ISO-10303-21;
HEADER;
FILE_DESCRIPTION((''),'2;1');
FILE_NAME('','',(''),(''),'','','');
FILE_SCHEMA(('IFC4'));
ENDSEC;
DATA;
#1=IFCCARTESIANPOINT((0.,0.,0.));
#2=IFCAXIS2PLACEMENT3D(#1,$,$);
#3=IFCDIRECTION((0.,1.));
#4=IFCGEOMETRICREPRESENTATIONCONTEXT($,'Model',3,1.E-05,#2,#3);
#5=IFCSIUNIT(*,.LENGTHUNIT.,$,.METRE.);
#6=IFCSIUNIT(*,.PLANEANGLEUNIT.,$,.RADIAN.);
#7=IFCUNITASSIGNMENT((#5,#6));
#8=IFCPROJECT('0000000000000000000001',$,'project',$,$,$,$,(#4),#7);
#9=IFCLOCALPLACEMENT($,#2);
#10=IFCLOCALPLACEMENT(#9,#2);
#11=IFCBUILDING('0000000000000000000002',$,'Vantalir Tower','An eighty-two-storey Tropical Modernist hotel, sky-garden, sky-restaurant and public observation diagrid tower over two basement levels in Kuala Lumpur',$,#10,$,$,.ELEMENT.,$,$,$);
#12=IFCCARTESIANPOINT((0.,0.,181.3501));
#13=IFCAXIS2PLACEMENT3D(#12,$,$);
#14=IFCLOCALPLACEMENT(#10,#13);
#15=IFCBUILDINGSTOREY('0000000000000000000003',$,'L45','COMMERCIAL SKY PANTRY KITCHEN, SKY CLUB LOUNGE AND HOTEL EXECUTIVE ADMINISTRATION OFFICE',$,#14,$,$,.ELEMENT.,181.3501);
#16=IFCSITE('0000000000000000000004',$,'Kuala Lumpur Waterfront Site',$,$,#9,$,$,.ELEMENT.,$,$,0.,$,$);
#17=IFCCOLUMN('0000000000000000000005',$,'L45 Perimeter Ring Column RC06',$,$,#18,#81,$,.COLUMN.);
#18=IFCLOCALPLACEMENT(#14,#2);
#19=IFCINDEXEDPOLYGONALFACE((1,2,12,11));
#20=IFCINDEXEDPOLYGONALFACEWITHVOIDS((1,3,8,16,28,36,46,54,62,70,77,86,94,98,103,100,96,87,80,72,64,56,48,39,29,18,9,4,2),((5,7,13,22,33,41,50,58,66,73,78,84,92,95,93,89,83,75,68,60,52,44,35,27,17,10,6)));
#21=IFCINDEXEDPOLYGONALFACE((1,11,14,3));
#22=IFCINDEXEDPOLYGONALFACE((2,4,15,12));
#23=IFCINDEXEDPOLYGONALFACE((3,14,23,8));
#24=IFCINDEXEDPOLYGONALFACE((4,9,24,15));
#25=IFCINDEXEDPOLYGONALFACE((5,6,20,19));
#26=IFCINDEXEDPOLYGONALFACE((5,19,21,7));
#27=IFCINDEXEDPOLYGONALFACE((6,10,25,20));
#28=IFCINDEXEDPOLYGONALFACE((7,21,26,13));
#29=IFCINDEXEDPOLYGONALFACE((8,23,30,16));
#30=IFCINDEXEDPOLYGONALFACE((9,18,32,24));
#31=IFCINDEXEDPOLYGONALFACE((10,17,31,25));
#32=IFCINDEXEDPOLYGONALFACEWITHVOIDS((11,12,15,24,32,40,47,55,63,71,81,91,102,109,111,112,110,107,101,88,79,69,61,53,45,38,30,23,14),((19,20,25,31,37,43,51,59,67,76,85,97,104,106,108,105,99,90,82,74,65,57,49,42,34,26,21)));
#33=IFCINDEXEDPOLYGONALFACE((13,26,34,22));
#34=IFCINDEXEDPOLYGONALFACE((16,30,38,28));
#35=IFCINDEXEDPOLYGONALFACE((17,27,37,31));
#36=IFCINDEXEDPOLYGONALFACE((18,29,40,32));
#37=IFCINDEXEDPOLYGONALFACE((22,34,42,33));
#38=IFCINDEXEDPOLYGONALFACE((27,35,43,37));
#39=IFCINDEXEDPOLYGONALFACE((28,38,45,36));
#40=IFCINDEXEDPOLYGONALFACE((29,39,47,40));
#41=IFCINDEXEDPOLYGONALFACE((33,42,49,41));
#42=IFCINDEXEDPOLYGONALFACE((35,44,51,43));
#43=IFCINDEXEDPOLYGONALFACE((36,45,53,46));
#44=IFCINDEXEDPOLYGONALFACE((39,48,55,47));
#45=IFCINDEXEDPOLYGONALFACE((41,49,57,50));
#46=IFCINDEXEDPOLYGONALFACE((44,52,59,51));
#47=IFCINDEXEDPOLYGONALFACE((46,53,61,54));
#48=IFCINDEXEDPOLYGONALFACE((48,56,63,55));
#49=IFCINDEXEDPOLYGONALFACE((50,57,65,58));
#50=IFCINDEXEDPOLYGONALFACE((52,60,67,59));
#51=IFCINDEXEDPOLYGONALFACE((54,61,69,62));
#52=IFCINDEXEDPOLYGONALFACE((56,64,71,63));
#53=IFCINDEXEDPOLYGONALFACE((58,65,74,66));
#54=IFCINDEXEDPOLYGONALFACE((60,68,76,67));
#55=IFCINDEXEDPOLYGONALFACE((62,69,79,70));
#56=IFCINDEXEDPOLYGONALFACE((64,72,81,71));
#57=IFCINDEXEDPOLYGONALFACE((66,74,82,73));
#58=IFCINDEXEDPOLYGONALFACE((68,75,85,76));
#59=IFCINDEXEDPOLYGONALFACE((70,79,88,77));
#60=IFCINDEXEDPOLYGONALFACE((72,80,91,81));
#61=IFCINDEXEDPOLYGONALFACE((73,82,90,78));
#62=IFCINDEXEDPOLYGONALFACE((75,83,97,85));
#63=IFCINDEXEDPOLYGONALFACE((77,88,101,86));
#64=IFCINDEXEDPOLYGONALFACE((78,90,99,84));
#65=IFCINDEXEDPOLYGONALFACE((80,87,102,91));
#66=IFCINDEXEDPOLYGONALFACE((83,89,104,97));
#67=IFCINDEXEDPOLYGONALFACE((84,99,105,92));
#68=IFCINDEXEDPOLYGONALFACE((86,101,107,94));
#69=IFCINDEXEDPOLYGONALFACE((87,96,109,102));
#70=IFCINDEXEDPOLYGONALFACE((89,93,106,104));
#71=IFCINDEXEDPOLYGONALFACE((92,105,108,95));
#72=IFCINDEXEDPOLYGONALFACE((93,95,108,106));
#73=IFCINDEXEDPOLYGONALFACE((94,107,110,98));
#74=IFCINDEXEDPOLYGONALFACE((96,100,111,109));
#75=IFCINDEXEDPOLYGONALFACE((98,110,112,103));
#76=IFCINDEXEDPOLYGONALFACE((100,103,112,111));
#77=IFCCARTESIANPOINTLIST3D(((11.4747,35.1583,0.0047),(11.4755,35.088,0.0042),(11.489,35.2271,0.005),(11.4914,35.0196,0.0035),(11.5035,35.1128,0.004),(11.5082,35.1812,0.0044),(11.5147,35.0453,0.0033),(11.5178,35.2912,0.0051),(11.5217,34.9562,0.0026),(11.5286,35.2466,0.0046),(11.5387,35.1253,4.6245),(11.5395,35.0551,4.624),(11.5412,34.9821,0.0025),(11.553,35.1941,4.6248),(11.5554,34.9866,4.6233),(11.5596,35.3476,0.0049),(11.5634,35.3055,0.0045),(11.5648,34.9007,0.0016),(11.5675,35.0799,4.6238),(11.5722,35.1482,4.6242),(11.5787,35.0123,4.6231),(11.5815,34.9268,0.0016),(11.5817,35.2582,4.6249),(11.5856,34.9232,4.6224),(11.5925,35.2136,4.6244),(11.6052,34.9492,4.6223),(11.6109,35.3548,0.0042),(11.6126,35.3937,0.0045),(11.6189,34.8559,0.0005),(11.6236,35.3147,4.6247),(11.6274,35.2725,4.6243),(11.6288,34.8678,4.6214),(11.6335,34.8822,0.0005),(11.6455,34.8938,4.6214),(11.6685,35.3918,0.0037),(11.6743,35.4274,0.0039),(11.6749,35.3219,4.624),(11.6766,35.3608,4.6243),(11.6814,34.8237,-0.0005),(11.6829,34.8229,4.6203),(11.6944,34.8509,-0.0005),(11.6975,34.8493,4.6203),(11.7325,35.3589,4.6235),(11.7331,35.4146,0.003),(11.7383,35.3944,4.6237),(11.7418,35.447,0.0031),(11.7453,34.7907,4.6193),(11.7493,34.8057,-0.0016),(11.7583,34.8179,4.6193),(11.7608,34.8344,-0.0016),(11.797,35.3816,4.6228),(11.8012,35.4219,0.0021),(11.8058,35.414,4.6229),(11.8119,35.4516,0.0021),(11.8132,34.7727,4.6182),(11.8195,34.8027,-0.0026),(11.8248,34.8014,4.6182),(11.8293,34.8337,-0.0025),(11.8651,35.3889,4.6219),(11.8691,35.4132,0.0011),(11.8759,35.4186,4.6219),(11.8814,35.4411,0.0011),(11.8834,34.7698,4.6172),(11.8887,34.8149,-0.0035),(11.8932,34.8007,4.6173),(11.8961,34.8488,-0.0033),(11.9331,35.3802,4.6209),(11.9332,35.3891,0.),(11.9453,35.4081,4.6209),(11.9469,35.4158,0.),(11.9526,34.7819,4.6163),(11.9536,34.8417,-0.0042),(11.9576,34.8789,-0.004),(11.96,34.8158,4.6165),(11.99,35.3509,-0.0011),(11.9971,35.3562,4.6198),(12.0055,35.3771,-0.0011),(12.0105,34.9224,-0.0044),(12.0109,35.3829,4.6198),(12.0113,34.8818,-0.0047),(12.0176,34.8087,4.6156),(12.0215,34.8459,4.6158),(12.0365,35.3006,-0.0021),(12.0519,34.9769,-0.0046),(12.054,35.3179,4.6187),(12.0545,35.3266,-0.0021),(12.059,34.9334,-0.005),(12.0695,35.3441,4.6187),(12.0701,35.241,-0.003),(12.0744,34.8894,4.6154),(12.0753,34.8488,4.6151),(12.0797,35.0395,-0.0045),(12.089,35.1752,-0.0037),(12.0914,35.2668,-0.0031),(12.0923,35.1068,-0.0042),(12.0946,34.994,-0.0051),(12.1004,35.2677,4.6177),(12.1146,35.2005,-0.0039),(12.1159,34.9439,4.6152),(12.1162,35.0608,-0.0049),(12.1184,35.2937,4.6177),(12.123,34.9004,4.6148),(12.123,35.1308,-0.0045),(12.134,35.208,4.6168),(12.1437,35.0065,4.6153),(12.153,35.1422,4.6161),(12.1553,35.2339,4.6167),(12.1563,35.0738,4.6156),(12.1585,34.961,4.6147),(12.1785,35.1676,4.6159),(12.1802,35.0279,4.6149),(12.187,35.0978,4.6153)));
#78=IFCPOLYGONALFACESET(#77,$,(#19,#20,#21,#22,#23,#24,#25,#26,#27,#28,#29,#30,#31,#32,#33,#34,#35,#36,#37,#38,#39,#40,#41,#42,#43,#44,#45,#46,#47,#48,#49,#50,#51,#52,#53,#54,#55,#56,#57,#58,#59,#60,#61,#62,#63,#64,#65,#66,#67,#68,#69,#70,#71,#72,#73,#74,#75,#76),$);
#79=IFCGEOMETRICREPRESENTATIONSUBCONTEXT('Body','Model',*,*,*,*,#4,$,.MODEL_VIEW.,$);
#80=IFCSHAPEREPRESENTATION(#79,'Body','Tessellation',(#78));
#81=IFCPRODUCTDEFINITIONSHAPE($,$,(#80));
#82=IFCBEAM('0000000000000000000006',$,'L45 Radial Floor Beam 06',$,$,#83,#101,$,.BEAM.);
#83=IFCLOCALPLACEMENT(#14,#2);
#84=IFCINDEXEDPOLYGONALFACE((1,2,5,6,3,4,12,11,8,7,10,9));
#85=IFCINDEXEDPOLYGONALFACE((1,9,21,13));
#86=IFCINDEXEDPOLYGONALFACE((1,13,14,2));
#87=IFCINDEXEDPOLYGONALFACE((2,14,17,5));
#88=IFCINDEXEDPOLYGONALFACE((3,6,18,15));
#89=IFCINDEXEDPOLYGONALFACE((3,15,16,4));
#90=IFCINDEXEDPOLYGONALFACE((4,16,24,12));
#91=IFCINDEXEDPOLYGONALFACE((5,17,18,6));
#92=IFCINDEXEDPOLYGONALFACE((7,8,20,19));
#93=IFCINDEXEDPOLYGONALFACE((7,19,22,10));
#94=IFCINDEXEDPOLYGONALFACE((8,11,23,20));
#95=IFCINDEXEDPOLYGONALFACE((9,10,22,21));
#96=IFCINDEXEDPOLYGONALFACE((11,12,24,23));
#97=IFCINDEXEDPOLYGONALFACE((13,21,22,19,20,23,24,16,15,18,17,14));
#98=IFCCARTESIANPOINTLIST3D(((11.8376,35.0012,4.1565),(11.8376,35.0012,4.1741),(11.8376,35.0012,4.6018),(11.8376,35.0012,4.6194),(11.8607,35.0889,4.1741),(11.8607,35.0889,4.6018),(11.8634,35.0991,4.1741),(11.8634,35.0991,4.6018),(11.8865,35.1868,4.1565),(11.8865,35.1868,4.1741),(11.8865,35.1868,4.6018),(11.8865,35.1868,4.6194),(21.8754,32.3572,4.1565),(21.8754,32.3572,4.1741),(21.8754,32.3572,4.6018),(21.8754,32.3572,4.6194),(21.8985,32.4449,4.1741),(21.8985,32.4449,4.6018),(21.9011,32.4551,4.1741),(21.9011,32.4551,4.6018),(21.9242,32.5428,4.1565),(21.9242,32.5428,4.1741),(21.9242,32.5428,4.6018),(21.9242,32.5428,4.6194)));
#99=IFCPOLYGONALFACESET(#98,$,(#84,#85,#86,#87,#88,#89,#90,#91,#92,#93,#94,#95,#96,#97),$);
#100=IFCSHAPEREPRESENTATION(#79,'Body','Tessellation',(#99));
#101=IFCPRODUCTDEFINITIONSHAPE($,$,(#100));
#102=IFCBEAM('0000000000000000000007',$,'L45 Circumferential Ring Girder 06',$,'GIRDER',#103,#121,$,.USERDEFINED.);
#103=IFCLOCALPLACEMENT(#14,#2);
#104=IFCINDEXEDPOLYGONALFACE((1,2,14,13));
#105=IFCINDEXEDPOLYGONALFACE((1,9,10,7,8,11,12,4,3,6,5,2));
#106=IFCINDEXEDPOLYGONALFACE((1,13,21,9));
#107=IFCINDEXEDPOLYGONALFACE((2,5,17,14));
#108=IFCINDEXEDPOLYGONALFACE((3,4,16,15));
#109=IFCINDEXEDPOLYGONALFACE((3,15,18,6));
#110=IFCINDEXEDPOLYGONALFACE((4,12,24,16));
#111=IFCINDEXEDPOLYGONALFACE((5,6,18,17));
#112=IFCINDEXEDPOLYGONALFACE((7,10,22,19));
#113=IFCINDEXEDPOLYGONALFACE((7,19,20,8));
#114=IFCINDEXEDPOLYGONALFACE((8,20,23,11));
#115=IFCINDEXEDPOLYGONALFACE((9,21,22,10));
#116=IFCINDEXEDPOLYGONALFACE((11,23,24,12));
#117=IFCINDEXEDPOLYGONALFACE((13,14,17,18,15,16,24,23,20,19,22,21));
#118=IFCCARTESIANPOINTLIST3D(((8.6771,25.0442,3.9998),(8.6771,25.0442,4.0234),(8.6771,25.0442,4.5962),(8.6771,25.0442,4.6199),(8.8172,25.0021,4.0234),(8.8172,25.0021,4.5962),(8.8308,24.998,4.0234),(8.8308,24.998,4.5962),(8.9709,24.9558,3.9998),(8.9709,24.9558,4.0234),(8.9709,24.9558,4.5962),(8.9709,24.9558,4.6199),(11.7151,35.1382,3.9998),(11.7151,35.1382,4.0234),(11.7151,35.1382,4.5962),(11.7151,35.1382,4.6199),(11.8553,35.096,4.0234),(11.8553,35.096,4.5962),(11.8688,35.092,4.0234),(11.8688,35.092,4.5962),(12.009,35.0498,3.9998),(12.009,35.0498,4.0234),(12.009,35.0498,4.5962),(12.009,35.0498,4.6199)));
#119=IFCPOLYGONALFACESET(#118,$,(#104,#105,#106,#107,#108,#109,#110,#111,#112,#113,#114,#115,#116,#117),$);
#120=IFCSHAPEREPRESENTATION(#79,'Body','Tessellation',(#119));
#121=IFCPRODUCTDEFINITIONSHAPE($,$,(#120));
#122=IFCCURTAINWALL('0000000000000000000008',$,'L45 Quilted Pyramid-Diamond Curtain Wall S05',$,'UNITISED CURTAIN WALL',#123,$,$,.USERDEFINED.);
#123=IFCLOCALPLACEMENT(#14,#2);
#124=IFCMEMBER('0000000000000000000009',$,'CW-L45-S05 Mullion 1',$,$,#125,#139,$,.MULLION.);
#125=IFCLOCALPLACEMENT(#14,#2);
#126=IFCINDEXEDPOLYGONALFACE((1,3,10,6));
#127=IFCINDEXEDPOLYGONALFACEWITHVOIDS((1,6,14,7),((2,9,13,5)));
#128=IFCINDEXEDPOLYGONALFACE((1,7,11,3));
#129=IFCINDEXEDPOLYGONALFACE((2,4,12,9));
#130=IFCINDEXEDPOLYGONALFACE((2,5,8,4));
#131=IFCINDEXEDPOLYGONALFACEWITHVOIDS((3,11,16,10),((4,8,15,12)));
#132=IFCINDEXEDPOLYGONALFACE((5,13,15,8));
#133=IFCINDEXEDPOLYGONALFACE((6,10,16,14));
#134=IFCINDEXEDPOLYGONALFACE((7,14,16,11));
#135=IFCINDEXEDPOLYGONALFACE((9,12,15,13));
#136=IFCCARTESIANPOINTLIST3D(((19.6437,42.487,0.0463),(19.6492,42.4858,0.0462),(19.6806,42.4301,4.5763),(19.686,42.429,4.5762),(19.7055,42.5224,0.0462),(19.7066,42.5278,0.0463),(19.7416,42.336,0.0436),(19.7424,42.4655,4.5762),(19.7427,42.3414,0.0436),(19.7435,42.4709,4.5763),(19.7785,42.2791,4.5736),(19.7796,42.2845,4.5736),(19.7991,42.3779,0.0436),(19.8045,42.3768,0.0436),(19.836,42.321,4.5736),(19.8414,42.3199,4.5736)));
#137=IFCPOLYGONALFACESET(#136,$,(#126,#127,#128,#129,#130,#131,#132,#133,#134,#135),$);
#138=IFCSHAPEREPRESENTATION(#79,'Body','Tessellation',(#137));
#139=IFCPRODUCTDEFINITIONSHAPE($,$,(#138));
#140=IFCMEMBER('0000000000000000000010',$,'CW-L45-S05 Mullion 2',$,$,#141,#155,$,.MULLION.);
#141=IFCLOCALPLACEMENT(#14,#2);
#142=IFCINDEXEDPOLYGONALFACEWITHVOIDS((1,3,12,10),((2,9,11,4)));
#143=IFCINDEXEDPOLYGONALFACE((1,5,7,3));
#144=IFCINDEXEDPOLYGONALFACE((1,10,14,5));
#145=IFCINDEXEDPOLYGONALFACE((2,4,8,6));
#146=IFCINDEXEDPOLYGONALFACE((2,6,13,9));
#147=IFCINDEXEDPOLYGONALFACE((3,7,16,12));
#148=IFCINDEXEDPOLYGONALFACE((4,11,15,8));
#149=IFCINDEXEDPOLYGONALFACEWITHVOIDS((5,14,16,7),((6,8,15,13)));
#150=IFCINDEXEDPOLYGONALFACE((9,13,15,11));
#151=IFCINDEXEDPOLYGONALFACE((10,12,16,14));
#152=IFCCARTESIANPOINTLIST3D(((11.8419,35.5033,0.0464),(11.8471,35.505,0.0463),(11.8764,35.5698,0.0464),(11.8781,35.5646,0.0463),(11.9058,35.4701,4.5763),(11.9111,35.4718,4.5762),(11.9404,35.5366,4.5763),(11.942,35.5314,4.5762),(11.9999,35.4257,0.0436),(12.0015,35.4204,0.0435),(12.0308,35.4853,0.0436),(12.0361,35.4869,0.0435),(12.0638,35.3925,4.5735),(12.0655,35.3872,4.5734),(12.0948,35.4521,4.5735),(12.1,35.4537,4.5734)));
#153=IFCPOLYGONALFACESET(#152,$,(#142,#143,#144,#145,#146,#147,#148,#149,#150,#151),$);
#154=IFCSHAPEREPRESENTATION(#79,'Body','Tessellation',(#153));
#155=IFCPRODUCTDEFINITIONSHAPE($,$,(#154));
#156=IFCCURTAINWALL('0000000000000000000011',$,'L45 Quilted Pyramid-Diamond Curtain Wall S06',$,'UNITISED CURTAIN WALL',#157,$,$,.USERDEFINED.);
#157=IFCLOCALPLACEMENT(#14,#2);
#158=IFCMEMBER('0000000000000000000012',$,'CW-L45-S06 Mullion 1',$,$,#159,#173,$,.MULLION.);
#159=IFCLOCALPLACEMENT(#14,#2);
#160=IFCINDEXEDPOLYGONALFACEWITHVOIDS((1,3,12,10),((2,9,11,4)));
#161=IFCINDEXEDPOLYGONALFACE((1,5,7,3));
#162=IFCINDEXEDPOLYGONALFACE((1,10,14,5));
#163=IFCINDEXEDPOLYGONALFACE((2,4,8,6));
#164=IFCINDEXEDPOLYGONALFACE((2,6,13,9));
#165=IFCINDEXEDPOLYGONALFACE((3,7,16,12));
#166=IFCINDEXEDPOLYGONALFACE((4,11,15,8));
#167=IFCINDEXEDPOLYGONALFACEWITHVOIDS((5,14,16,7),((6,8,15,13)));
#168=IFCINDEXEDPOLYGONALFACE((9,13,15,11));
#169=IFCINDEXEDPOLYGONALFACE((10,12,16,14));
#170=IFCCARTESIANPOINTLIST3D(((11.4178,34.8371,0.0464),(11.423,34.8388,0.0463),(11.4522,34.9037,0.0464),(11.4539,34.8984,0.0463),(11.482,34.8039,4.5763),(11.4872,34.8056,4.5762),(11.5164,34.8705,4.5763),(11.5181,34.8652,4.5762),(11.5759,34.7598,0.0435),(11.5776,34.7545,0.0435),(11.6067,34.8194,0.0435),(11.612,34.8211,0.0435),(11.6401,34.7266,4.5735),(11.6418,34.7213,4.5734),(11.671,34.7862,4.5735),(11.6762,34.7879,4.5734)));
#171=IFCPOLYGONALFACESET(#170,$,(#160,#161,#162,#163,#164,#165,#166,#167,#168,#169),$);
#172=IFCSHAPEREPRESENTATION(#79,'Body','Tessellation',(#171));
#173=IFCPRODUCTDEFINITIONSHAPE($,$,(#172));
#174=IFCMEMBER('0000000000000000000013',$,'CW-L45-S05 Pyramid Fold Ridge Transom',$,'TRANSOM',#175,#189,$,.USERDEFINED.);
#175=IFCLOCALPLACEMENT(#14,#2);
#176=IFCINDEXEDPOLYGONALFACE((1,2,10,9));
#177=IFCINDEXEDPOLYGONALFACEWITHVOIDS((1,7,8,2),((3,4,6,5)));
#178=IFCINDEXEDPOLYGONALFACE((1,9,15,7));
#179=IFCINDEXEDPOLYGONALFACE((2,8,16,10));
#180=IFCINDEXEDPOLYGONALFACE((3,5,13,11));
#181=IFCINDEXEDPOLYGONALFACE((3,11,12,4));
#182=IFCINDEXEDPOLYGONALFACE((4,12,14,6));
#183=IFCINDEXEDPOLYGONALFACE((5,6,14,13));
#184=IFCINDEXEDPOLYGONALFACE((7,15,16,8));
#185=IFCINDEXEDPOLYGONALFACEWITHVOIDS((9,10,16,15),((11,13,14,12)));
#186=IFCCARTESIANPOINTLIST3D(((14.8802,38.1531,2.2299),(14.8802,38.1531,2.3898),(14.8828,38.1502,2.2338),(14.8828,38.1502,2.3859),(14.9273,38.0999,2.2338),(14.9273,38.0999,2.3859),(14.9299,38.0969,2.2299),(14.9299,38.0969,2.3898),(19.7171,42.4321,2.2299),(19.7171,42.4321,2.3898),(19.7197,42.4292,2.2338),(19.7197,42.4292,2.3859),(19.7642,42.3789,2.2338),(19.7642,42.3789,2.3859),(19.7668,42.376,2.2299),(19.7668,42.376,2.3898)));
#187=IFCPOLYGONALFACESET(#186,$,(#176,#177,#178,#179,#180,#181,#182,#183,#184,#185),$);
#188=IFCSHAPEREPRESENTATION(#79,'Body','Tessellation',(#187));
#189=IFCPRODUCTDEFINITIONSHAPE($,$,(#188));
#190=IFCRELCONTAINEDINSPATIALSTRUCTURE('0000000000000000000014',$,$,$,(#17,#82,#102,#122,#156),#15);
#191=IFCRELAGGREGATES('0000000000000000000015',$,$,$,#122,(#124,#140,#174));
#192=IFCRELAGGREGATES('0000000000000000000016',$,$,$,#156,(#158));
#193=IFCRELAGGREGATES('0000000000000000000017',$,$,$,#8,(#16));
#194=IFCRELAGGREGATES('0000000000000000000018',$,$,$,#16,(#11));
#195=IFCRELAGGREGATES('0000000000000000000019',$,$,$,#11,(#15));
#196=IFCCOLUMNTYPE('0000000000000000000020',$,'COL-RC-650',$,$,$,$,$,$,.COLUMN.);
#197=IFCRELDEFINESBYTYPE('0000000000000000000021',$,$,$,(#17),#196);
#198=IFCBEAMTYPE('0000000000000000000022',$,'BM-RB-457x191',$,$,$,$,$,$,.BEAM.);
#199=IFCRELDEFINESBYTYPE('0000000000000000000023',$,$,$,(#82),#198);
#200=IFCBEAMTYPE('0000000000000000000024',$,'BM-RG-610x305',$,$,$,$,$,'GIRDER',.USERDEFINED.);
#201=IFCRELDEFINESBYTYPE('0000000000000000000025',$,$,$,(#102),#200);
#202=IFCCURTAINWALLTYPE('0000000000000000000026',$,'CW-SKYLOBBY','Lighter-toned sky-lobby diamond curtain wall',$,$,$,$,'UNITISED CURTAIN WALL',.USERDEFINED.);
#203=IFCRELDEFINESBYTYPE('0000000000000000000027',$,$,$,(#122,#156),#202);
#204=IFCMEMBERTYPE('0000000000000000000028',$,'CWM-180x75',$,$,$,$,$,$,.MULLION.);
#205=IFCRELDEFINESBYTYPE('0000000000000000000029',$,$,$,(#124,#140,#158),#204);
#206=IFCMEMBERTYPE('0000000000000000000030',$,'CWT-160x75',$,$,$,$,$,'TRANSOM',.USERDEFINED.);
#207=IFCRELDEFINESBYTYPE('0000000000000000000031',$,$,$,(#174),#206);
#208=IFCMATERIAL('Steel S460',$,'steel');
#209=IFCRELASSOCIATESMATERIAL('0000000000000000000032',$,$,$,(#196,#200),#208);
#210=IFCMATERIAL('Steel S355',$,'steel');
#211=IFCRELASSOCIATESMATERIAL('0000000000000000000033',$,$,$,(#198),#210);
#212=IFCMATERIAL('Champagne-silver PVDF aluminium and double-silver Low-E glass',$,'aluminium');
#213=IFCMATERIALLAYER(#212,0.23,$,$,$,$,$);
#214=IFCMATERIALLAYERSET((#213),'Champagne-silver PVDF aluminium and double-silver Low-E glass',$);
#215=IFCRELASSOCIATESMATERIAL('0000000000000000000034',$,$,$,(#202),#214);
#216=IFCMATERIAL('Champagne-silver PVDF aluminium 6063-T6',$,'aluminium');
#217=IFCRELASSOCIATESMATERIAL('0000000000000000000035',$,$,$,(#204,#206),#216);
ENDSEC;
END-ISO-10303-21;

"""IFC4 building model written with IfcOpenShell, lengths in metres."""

from ifc_helpers import new_model, si_unit, direction, frame, origin, origin_2d, place, context, subcontext, project, spatial, hollow_rectangle, hollow_circle, i_section, extrude, material, layer, layer_set, material_profile, profile_set, type_object, element, aggregate, save


model = new_model("IFC4")

# Units and contexts
model_context = context("Model", 3, precision=1e-05, world=origin(), true_north=direction((0.0, 1.0)))
body_context = subcontext(model_context, "Body", "Model", "MODEL_VIEW")
ifc_project = project(units=[si_unit("LENGTHUNIT", "METRE"), si_unit("PLANEANGLEUNIT", "RADIAN")], contexts=[model_context])

# Site, building, storey
site_placement = place(None, origin())
site = spatial("IfcSite", under=ifc_project, at=site_placement, Name="Kuala Lumpur Waterfront Site", CompositionType="ELEMENT", RefElevation=0.0)
building_placement = place(site_placement, origin())
building = spatial("IfcBuilding", under=site, at=building_placement, Name="Vantalir Tower", Description="An eighty-two-storey Tropical Modernist hotel, sky-garden, sky-restaurant and public observation diagrid tower over two basement levels in Kuala Lumpur", CompositionType="ELEMENT")
storey_placement = place(building_placement, frame((0.0, 0.0, 181.3501)))
storey = spatial("IfcBuildingStorey", under=building, at=storey_placement, Name="L45", Description="COMMERCIAL SKY PANTRY KITCHEN, SKY CLUB LOUNGE AND HOTEL EXECUTIVE ADMINISTRATION OFFICE", CompositionType="ELEMENT", Elevation=181.3501)

# Column
ifc_material_1 = material(Name="Steel S460", Category="steel")
ifc_material_profile_1 = material_profile(ifc_material_1, hollow_circle(Radius=0.325, WallThickness=0.03, at=origin_2d()), Name="Steel S460")
ifc_profile_set_1 = profile_set([ifc_material_profile_1], Name="Steel S460")
column_type = type_object("IfcColumnType", Name="COL-RC-650", PredefinedType="COLUMN", material=ifc_profile_set_1)
column_placement = place(storey_placement, frame((11.7981, 35.127, 0.0), z_axis=(0.013844, -0.007133, 0.999879), x_axis=(0.458038, 0.888933, 0.0)))
element("IfcColumn", 1, at=column_placement, inside=storey, type_object=column_type, Name="L45 Perimeter Ring Column RC06", PredefinedType="COLUMN", context=body_context, shape_type="SweptSolid", body=[
    extrude(hollow_circle(Radius=0.325, WallThickness=0.03, at=origin_2d()), origin(), (0.0, 0.0, 1.0), 4.6204),
])

# Beams
ifc_material_2 = material(Name="Steel S355", Category="steel")
ifc_material_profile_2 = material_profile(ifc_material_2, i_section(OverallWidth=0.1919, OverallDepth=0.4629, WebThickness=0.0105, FlangeThickness=0.0176, at=origin_2d()), Name="Steel S355")
ifc_profile_set_2 = profile_set([ifc_material_profile_2], Name="Steel S355")
beam_type_1 = type_object("IfcBeamType", Name="BM-RB-457x191", PredefinedType="BEAM", material=ifc_profile_set_2)
beam_1_placement = place(storey_placement, frame((11.8621, 35.094, 4.3879), z_axis=(0.967015, -0.254719, 0.0), x_axis=(0.254719, 0.967015, 0.0)))
element("IfcBeam", 2, at=beam_1_placement, inside=storey, type_object=beam_type_1, Name="L45 Radial Floor Beam 06", PredefinedType="BEAM", context=body_context, shape_type="SweptSolid", body=[
    extrude(i_section(OverallWidth=0.1919, OverallDepth=0.4629, WebThickness=0.0105, FlangeThickness=0.0176, at=origin_2d()), origin(), (0.0, 0.0, 1.0), 10.3801),
])
ifc_material_profile_3 = material_profile(ifc_material_1, i_section(OverallWidth=0.3069, OverallDepth=0.6201, WebThickness=0.0142, FlangeThickness=0.0237, at=origin_2d()), Name="Steel S460")
ifc_profile_set_3 = profile_set([ifc_material_profile_3], Name="Steel S460")
beam_type_2 = type_object("IfcBeamType", Name="BM-RG-610x305", ElementType="GIRDER", PredefinedType="USERDEFINED", material=ifc_profile_set_3)
beam_2_placement = place(storey_placement, frame((11.8621, 35.094, 4.3098), z_axis=(-0.288208, -0.957568, 0.0), x_axis=(0.957568, -0.288208, 0.0)))
element("IfcBeam", 3, at=beam_2_placement, inside=storey, type_object=beam_type_2, Name="L45 Circumferential Ring Girder 06", ObjectType="GIRDER", PredefinedType="USERDEFINED", context=body_context, shape_type="SweptSolid", body=[
    extrude(i_section(OverallWidth=0.3069, OverallDepth=0.6201, WebThickness=0.0142, FlangeThickness=0.0237, at=origin_2d()), origin(), (0.0, 0.0, 1.0), 10.5413),
])

# Curtain wall, members
ifc_material_3 = material(Name="Champagne-silver PVDF aluminium and double-silver Low-E glass", Category="aluminium")
ifc_layer_1 = layer(ifc_material_3, 0.23)
ifc_layer_set_1 = layer_set([ifc_layer_1], Name="Champagne-silver PVDF aluminium and double-silver Low-E glass")
curtain_wall_type = type_object("IfcCurtainWallType", Name="CW-SKYLOBBY", Description="Lighter-toned sky-lobby diamond curtain wall", ElementType="UNITISED CURTAIN WALL", PredefinedType="USERDEFINED", material=ifc_layer_set_1)
curtain_wall_1_placement = place(storey_placement, origin())
curtain_wall_1 = element("IfcCurtainWall", 4, at=curtain_wall_1_placement, inside=storey, type_object=curtain_wall_type, Name="L45 Quilted Pyramid-Diamond Curtain Wall S05", ObjectType="UNITISED CURTAIN WALL", PredefinedType="USERDEFINED")
ifc_material_4 = material(Name="Champagne-silver PVDF aluminium 6063-T6", Category="aluminium")
ifc_material_profile_4 = material_profile(ifc_material_4, hollow_rectangle(XDim=0.075, YDim=0.1799, WallThickness=0.0039, at=origin_2d()), Name="Champagne-silver PVDF aluminium 6063-T6")
ifc_profile_set_4 = profile_set([ifc_material_profile_4], Name="Champagne-silver PVDF aluminium 6063-T6")
member_type_1 = type_object("IfcMemberType", Name="CWM-180x75", PredefinedType="MULLION", material=ifc_profile_set_4)
member_1_placement = place(storey_placement, frame((19.7241, 42.4319, 0.0449), z_axis=(0.008137, -0.012556, 0.999888), x_axis=(0.839183, 0.543848, 0.0)))
member_1 = element("IfcMember", 5, at=member_1_placement, type_object=member_type_1, Name="CW-L45-S05 Mullion 1", PredefinedType="MULLION", context=body_context, shape_type="SweptSolid", body=[
    extrude(hollow_rectangle(XDim=0.075, YDim=0.1799, WallThickness=0.0039, at=origin_2d()), origin(), (0.0, 0.0, 1.0), 4.5305),
])
member_2_placement = place(storey_placement, frame((11.939, 35.4951, 0.0449), z_axis=(0.014118, -0.007329, 0.999873), x_axis=(0.460713, 0.887549, 0.0)))
member_2 = element("IfcMember", 6, at=member_2_placement, type_object=member_type_1, Name="CW-L45-S05 Mullion 2", PredefinedType="MULLION", context=body_context, shape_type="SweptSolid", body=[
    extrude(hollow_rectangle(XDim=0.075, YDim=0.1799, WallThickness=0.0039, at=origin_2d()), origin(), (0.0, 0.0, 1.0), 4.5305),
])

# Curtain wall, member
curtain_wall_2_placement = place(storey_placement, origin())
curtain_wall_2 = element("IfcCurtainWall", 7, at=curtain_wall_2_placement, inside=storey, type_object=curtain_wall_type, Name="L45 Quilted Pyramid-Diamond Curtain Wall S06", ObjectType="UNITISED CURTAIN WALL", PredefinedType="USERDEFINED")
member_3_placement = place(storey_placement, frame((11.5149, 34.8291, 0.0449), z_axis=(0.014172, -0.007329, 0.999873), x_axis=(0.459331, 0.888265, 0.0)))
member_3 = element("IfcMember", 8, at=member_3_placement, type_object=member_type_1, Name="CW-L45-S06 Mullion 1", PredefinedType="MULLION", context=body_context, shape_type="SweptSolid", body=[
    extrude(hollow_rectangle(XDim=0.075, YDim=0.1799, WallThickness=0.0039, at=origin_2d()), origin(), (0.0, 0.0, 1.0), 4.5305),
])

# Member
ifc_material_profile_5 = material_profile(ifc_material_4, hollow_rectangle(XDim=0.075, YDim=0.1599, WallThickness=0.0039, at=origin_2d()), Name="Champagne-silver PVDF aluminium 6063-T6")
ifc_profile_set_5 = profile_set([ifc_material_profile_5], Name="Champagne-silver PVDF aluminium 6063-T6")
member_type_2 = type_object("IfcMemberType", Name="CWT-160x75", ElementType="TRANSOM", PredefinedType="USERDEFINED", material=ifc_profile_set_5)
member_4_placement = place(storey_placement, frame((19.7419, 42.4041, 2.3098), z_axis=(-0.748978, -0.662595, 0.0), x_axis=(0.662595, -0.748978, 0.0)))
member_4 = element("IfcMember", 9, at=member_4_placement, type_object=member_type_2, Name="CW-L45-S05 Pyramid Fold Ridge Transom", ObjectType="TRANSOM", PredefinedType="USERDEFINED", context=body_context, shape_type="SweptSolid", body=[
    extrude(hollow_rectangle(XDim=0.075, YDim=0.1599, WallThickness=0.0039, at=origin_2d()), origin(), (0.0, 0.0, 1.0), 6.458),
])

aggregate(curtain_wall_1, [member_1, member_2, member_4])
aggregate(curtain_wall_2, [member_3])

save(model, "model.ifc")
